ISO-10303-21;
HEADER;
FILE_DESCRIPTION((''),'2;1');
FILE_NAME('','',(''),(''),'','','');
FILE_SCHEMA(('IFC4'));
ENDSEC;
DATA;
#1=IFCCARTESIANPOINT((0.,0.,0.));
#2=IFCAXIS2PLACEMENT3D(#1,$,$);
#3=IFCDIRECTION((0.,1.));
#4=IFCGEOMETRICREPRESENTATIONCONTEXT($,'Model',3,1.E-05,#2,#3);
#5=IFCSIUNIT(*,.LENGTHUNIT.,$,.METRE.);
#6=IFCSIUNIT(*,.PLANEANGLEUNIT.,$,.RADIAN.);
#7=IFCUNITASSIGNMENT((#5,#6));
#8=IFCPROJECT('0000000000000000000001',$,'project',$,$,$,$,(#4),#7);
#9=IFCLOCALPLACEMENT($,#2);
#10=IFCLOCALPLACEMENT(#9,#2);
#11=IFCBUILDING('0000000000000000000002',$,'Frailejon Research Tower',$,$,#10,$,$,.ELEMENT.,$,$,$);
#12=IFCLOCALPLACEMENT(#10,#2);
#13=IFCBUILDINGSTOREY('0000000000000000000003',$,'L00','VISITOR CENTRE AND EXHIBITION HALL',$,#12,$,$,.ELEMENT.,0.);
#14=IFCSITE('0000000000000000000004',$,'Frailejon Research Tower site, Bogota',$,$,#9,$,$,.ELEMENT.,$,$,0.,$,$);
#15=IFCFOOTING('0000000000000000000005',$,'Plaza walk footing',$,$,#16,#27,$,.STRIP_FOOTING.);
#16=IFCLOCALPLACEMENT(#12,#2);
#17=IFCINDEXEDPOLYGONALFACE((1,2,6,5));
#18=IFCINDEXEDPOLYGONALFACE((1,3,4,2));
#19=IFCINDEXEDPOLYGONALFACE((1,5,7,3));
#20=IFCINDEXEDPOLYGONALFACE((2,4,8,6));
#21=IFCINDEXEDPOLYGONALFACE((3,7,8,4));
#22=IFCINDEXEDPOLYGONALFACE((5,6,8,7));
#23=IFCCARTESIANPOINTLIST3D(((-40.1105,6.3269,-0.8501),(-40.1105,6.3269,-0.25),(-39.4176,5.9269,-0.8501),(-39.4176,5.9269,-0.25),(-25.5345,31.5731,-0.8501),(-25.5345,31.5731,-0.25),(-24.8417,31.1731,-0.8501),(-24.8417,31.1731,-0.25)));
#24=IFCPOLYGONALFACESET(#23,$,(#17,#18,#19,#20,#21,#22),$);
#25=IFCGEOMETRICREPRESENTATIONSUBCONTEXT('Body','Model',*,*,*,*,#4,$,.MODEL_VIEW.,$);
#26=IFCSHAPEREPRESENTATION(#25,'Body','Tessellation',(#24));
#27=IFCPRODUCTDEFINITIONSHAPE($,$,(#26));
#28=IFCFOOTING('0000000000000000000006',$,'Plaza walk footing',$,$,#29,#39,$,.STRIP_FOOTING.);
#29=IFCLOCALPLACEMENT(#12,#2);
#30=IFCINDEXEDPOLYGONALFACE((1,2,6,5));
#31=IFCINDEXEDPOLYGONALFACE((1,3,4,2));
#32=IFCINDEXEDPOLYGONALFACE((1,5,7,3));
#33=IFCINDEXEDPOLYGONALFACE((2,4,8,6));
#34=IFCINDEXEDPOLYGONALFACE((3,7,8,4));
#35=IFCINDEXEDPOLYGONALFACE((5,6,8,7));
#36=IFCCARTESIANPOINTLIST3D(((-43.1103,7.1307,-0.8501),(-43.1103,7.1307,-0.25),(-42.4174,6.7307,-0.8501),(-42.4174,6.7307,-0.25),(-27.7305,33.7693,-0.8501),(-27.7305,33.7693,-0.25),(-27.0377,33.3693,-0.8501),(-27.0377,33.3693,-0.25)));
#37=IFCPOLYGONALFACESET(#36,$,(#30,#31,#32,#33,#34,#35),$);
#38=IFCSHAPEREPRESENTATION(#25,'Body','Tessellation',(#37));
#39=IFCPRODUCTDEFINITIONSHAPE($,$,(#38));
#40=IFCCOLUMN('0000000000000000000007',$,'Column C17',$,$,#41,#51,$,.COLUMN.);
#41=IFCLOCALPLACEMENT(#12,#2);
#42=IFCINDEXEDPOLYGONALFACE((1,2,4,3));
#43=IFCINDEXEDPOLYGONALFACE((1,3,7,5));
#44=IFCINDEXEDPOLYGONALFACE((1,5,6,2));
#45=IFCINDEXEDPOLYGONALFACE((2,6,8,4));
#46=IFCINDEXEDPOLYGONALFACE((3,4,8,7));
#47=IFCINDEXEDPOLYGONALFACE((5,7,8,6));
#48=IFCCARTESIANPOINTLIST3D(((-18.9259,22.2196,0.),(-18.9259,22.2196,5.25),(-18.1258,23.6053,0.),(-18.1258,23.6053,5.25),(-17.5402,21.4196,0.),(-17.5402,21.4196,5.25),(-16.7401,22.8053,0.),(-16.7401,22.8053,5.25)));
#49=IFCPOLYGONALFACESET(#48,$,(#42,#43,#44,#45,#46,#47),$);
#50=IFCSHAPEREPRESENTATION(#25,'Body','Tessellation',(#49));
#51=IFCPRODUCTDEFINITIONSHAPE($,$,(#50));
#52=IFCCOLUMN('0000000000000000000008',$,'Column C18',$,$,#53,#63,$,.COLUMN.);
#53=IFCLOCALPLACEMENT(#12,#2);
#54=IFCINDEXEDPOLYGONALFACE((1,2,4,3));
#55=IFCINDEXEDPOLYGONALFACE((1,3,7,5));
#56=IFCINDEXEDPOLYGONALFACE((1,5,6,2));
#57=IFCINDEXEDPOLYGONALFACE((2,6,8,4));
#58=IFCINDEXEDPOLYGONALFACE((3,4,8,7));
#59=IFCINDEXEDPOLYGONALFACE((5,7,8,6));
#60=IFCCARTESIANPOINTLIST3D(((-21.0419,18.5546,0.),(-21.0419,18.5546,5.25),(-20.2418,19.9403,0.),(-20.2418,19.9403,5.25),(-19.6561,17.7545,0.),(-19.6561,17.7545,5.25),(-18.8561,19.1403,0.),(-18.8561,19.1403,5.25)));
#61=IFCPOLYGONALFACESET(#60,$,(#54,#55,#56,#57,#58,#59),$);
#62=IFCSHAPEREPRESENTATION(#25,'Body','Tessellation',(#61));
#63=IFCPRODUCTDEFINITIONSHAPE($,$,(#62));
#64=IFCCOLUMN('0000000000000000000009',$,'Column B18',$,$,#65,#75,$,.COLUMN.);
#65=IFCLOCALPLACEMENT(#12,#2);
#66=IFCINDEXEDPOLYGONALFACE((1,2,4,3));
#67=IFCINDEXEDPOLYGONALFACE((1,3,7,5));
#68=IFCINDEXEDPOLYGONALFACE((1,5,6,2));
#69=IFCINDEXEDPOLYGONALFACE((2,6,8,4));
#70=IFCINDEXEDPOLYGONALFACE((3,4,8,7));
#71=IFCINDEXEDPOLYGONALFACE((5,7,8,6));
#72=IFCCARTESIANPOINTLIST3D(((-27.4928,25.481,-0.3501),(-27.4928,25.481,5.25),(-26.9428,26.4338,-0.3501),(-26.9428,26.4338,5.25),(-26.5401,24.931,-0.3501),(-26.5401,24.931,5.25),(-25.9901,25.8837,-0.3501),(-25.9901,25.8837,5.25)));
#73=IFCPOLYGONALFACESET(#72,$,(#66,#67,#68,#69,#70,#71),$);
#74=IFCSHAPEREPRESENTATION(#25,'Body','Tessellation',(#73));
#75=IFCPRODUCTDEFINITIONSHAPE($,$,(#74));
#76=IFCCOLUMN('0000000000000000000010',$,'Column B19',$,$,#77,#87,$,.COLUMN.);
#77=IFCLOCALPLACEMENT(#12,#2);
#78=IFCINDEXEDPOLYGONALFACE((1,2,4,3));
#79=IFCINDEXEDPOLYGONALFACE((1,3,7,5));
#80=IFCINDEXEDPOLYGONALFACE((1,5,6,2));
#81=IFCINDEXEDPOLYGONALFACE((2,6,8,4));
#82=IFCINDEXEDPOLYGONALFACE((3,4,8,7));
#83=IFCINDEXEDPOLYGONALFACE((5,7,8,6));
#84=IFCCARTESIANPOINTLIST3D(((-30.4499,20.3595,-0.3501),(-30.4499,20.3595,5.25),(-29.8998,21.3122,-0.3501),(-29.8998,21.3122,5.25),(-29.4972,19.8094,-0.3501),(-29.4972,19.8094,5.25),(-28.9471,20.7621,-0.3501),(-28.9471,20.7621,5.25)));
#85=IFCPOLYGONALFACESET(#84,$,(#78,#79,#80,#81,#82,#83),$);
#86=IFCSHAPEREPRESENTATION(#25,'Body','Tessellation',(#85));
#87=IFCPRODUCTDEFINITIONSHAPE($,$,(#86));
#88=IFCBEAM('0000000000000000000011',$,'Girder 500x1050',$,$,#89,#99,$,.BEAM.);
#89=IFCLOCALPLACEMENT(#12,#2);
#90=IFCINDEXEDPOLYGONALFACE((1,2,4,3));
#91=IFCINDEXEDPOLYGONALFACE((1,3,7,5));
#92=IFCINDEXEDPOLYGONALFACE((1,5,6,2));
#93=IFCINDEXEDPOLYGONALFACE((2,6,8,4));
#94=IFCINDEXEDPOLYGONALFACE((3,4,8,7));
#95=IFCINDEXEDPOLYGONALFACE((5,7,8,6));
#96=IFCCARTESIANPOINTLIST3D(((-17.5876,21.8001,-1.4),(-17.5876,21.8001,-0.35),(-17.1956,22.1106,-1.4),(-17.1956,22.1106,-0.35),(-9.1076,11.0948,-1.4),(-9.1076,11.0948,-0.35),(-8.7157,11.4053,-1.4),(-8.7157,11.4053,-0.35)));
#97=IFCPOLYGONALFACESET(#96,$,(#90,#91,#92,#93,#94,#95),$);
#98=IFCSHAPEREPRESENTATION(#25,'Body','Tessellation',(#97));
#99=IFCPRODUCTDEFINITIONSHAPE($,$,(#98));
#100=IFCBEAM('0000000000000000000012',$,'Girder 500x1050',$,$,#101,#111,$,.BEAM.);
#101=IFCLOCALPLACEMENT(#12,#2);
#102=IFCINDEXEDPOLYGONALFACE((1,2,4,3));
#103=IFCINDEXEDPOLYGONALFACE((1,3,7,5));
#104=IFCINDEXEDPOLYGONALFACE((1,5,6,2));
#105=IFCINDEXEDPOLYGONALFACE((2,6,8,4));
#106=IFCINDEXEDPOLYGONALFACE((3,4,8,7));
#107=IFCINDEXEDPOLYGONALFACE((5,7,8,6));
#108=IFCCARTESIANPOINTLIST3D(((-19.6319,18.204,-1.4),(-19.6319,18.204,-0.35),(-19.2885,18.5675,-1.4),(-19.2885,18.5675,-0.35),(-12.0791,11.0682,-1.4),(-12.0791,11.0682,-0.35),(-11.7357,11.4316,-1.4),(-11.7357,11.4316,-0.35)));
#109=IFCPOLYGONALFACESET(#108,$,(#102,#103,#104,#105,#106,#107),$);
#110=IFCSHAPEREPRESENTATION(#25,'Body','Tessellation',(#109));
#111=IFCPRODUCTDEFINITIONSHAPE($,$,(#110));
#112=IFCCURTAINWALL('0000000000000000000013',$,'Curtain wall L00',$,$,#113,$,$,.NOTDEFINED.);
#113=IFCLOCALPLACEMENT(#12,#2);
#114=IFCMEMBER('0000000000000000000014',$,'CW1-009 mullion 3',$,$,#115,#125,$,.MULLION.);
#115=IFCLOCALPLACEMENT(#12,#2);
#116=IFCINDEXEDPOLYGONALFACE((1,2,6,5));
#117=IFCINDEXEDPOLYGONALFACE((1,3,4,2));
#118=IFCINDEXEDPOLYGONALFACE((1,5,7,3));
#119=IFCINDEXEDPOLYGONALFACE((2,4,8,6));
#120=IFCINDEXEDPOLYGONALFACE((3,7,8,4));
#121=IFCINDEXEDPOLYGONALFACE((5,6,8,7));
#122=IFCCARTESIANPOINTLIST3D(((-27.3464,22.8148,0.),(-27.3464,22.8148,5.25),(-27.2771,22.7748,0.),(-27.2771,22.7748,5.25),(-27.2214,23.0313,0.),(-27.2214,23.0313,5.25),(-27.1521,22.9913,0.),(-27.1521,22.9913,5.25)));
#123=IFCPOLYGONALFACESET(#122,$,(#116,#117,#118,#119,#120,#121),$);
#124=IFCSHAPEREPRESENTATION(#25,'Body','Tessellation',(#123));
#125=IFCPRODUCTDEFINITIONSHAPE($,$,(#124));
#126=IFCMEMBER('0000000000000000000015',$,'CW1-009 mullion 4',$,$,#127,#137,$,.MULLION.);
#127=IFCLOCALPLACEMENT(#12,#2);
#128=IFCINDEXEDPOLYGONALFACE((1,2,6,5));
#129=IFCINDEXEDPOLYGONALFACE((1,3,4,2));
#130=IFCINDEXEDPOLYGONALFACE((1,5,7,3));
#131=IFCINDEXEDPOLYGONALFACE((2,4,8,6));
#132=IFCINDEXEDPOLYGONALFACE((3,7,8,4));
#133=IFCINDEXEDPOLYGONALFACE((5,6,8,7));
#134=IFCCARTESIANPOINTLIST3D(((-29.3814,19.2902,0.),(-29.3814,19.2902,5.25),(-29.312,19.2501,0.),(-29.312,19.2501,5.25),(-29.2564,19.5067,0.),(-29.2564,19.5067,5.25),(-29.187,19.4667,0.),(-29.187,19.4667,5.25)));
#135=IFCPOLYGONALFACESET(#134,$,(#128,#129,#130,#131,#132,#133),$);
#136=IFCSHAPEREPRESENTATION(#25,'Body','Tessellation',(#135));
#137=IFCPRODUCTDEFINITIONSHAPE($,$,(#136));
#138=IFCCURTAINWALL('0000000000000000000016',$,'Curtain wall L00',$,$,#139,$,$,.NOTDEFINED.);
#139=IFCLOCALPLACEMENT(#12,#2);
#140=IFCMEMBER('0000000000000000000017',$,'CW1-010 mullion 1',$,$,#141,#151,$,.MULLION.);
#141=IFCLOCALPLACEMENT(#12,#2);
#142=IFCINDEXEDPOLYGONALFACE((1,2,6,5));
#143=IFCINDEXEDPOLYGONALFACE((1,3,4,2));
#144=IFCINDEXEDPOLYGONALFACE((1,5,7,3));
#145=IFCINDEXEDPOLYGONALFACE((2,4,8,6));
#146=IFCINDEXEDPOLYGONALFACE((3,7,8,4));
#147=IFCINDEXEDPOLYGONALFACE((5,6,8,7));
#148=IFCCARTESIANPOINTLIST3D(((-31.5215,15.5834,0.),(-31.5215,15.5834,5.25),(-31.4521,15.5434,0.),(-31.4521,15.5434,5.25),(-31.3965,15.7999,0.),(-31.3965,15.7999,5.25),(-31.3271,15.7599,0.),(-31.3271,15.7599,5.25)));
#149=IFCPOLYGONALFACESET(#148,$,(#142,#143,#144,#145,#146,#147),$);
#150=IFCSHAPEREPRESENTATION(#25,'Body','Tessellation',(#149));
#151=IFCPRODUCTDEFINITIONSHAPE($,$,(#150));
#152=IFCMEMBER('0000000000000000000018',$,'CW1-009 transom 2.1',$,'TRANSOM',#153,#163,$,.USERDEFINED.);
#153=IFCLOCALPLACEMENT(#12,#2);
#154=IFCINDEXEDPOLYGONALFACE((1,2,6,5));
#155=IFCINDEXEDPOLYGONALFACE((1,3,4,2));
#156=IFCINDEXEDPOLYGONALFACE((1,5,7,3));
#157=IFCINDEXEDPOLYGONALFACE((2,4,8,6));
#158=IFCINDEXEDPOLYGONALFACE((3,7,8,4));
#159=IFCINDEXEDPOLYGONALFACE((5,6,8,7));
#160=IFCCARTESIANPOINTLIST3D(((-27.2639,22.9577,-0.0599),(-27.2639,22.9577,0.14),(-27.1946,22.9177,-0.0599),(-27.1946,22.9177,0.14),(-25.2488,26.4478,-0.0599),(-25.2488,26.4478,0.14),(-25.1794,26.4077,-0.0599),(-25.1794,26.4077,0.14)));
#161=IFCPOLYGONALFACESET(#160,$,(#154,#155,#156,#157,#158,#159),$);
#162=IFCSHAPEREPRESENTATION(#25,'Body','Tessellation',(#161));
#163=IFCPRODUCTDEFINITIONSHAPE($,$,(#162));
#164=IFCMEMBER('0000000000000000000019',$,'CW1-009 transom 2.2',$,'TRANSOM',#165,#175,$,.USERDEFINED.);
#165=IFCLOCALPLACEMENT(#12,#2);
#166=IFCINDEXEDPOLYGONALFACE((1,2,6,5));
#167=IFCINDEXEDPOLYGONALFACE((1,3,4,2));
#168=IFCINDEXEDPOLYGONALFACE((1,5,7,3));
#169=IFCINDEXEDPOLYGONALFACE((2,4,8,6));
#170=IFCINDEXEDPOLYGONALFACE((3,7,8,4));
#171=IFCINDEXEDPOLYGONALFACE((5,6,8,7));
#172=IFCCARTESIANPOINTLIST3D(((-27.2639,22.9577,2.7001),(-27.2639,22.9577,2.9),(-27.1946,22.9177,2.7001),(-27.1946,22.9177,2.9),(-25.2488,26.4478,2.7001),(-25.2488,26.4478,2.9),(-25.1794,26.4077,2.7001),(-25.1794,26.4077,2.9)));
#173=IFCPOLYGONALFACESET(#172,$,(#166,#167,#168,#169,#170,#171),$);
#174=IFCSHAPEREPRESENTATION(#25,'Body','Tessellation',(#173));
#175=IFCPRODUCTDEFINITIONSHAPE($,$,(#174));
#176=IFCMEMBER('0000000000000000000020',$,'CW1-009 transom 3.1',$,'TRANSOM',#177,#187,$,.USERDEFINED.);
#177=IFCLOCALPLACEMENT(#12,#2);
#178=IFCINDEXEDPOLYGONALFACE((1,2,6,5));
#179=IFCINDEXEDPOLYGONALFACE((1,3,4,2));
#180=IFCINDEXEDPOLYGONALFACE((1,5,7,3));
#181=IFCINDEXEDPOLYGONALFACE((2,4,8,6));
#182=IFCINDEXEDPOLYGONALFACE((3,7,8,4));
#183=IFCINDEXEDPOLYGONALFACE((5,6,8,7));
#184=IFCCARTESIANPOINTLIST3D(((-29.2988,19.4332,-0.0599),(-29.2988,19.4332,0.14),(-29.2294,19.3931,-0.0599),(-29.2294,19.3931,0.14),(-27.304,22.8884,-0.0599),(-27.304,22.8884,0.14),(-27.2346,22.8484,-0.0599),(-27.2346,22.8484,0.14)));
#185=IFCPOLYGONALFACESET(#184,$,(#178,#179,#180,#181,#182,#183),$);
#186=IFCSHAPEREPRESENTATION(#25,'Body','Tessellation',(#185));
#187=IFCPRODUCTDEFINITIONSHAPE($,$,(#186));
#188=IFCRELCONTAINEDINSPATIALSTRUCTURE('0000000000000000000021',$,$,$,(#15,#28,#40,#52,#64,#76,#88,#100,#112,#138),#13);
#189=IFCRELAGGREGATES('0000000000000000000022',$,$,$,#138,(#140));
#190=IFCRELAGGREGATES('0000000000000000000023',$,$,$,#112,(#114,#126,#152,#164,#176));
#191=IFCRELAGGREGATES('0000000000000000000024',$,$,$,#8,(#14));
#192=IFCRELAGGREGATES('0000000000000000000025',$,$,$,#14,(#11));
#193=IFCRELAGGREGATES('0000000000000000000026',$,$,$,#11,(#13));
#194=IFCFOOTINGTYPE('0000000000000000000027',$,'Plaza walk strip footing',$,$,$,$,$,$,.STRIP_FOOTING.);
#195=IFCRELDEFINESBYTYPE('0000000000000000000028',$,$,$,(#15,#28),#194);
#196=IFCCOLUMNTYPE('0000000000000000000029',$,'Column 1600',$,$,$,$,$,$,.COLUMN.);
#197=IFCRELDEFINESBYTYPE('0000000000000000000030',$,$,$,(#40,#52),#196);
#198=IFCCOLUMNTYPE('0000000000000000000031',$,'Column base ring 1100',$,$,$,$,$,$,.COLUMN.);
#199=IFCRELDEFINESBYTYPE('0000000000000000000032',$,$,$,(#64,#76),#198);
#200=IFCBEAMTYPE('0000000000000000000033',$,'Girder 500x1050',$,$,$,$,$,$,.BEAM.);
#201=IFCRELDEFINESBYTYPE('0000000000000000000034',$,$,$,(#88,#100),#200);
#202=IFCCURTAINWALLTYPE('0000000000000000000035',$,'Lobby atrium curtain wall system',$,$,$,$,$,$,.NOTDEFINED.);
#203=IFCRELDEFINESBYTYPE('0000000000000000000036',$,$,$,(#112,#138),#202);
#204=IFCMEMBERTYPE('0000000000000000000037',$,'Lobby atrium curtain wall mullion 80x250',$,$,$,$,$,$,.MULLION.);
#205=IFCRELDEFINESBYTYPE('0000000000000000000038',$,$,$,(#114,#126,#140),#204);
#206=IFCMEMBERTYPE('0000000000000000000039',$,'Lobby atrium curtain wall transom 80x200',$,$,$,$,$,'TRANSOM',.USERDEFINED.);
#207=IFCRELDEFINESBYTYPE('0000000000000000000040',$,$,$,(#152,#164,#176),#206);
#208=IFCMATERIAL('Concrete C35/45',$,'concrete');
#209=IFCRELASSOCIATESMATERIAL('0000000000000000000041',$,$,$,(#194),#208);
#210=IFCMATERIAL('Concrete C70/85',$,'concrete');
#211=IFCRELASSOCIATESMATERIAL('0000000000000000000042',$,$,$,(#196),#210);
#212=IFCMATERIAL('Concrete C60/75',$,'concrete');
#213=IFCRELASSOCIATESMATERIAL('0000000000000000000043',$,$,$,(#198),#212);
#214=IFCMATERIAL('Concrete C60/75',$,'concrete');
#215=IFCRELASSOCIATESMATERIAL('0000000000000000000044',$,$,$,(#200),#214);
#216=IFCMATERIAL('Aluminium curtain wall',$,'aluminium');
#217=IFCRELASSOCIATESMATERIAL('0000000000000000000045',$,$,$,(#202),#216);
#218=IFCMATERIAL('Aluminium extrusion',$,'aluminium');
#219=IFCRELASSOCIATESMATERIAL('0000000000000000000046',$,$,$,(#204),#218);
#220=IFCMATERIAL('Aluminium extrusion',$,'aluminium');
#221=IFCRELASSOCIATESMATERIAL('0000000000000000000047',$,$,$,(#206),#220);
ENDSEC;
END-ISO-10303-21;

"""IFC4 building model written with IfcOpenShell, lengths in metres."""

from ifc_helpers import new_model, si_unit, direction, frame, origin, origin_2d, place, context, subcontext, project, spatial, rectangle, extrude, material, material_profile, profile_set, type_object, element, aggregate, save


model = new_model("IFC4")

# Units and contexts
model_context = context("Model", 3, precision=1e-05, world=origin(), true_north=direction((0.0, 1.0)))
body_context = subcontext(model_context, "Body", "Model", "MODEL_VIEW")
ifc_project = project(units=[si_unit("LENGTHUNIT", "METRE"), si_unit("PLANEANGLEUNIT", "RADIAN")], contexts=[model_context])

# Site, building, storey
site_placement = place(None, origin())
site = spatial("IfcSite", under=ifc_project, at=site_placement, Name="Frailejon Research Tower site, Bogota", CompositionType="ELEMENT", RefElevation=0.0)
building_placement = place(site_placement, origin())
building = spatial("IfcBuilding", under=site, at=building_placement, Name="Frailejon Research Tower", CompositionType="ELEMENT")
storey_placement = place(building_placement, origin())
storey = spatial("IfcBuildingStorey", under=building, at=storey_placement, Name="L00", Description="VISITOR CENTRE AND EXHIBITION HALL", CompositionType="ELEMENT", Elevation=0.0)

# Footings
ifc_material_1 = material(Name="Concrete C35/45", Category="concrete")
footing_type = type_object("IfcFootingType", Name="Plaza walk strip footing", PredefinedType="STRIP_FOOTING", material=ifc_material_1)
footing_1_placement = place(storey_placement, frame((-32.4761, 18.75, -0.8501), z_axis=(0.0, 0.0, 1.0), x_axis=(-0.866025, 0.5, 0.0)))
element("IfcFooting", 1, at=footing_1_placement, inside=storey, type_object=footing_type, Name="Plaza walk footing", PredefinedType="STRIP_FOOTING", context=body_context, shape_type="SweptSolid", body=[
    extrude(rectangle(XDim=0.8, YDim=29.1519, at=origin_2d()), origin(), (0.0, 0.0, 1.0), 0.6001),
])
footing_2_placement = place(storey_placement, frame((-35.074, 20.25, -0.8501), z_axis=(0.0, 0.0, 1.0), x_axis=(-0.866025, 0.5, 0.0)))
element("IfcFooting", 2, at=footing_2_placement, inside=storey, type_object=footing_type, Name="Plaza walk footing", PredefinedType="STRIP_FOOTING", context=body_context, shape_type="SweptSolid", body=[
    extrude(rectangle(XDim=0.8, YDim=30.7595, at=origin_2d()), origin(), (0.0, 0.0, 1.0), 0.6001),
])

# Columns
ifc_material_2 = material(Name="Concrete C70/85", Category="concrete")
ifc_material_profile_1 = material_profile(ifc_material_2, rectangle(XDim=1.6001, YDim=1.6001, at=origin_2d()), Name="Column 1600")
ifc_profile_set_1 = profile_set([ifc_material_profile_1], Name="Concrete C70/85")
column_type_1 = type_object("IfcColumnType", Name="Column 1600", PredefinedType="COLUMN", material=ifc_profile_set_1)
for number, where, z_axis, x_axis, name in (
    (3, (-17.833, 22.5125, 0.0), (0.0, 0.0, 1.0), (-0.5, -0.866025, 0.0), "Column C17"),
    (4, (-19.949, 18.8474, 0.0), (0.0, 0.0, 1.0), (-0.5, -0.866025, 0.0), "Column C18"),
):
    element("IfcColumn", number, at=place(storey_placement, frame(where, z_axis=z_axis, x_axis=x_axis)), inside=storey, type_object=column_type_1, Name=name, PredefinedType="COLUMN", context=body_context, shape_type="SweptSolid", body=[
        extrude(rectangle(XDim=1.6001, YDim=1.6001, at=origin_2d()), origin(), (0.0, 0.0, 1.0), 5.25),
    ])
ifc_material_3 = material(Name="Concrete C60/75", Category="concrete")
ifc_material_profile_2 = material_profile(ifc_material_3, rectangle(XDim=1.1001, YDim=1.1001, at=origin_2d()), Name="Column base ring 1100")
ifc_profile_set_2 = profile_set([ifc_material_profile_2], Name="Concrete C60/75")
column_type_2 = type_object("IfcColumnType", Name="Column base ring 1100", PredefinedType="COLUMN", material=ifc_profile_set_2)
for number, where, z_axis, x_axis, name in (
    (5, (-26.7415, 25.6824, -0.3501), (0.0, 0.0, 1.0), (-0.5, -0.866025, 0.0), "Column B18"),
    (6, (-29.6985, 20.5608, -0.3501), (0.0, 0.0, 1.0), (-0.5, -0.866025, 0.0), "Column B19"),
):
    element("IfcColumn", number, at=place(storey_placement, frame(where, z_axis=z_axis, x_axis=x_axis)), inside=storey, type_object=column_type_2, Name=name, PredefinedType="COLUMN", context=body_context, shape_type="SweptSolid", body=[
        extrude(rectangle(XDim=1.1001, YDim=1.1001, at=origin_2d()), origin(), (0.0, 0.0, 1.0), 5.6001),
    ])

# Beams
ifc_material_4 = material(Name="Concrete C60/75", Category="concrete")
ifc_material_profile_3 = material_profile(ifc_material_4, rectangle(XDim=0.5, YDim=1.05, at=origin_2d()), Name="Girder 500x1050")
ifc_profile_set_3 = profile_set([ifc_material_profile_3], Name="Concrete C60/75")
beam_type_1 = type_object("IfcBeamType", Name="Girder 500x1050", PredefinedType="BEAM", material=ifc_profile_set_3)
beam_1_placement = place(storey_placement, frame((-17.3916, 21.9553, -0.875), z_axis=(0.620925, -0.78387, 0.0), x_axis=(0.78387, 0.620925, 0.0)))
element("IfcBeam", 7, at=beam_1_placement, inside=storey, type_object=beam_type_1, Name="Girder 500x1050", PredefinedType="BEAM", context=body_context, shape_type="SweptSolid", body=[
    extrude(rectangle(XDim=0.5, YDim=1.05, at=origin_2d()), origin(), (0.0, 0.0, 1.0), 13.657),
])
beam_2_placement = place(storey_placement, frame((-19.4602, 18.3857, -0.875), z_axis=(0.726888, -0.686756, 0.0), x_axis=(0.686756, 0.726888, 0.0)))
element("IfcBeam", 8, at=beam_2_placement, inside=storey, type_object=beam_type_1, Name="Girder 500x1050", PredefinedType="BEAM", context=body_context, shape_type="SweptSolid", body=[
    extrude(rectangle(XDim=0.5, YDim=1.05, at=origin_2d()), origin(), (0.0, 0.0, 1.0), 10.3906),
])

# Curtain wall, members
ifc_material_5 = material(Name="Aluminium curtain wall", Category="aluminium")
curtain_wall_type = type_object("IfcCurtainWallType", Name="Lobby atrium curtain wall system", PredefinedType="NOTDEFINED", material=ifc_material_5)
curtain_wall_1_placement = place(storey_placement, origin())
curtain_wall_1 = element("IfcCurtainWall", 9, at=curtain_wall_1_placement, inside=storey, type_object=curtain_wall_type, Name="Curtain wall L00", PredefinedType="NOTDEFINED")
ifc_material_6 = material(Name="Aluminium extrusion", Category="aluminium")
ifc_material_profile_4 = material_profile(ifc_material_6, rectangle(XDim=0.0801, YDim=0.25, at=origin_2d()), Name="Lobby atrium curtain wall mullion 80x250")
ifc_profile_set_4 = profile_set([ifc_material_profile_4], Name="Aluminium extrusion")
member_type_1 = type_object("IfcMemberType", Name="Lobby atrium curtain wall mullion 80x250", PredefinedType="MULLION", material=ifc_profile_set_4)
member_1_placement = place(storey_placement, frame((-27.2493, 22.9031, 0.0), z_axis=(0.0, 0.0, 1.0), x_axis=(0.866026, -0.5, 0.0)))
member_1 = element("IfcMember", 10, at=member_1_placement, type_object=member_type_1, Name="CW1-009 mullion 3", PredefinedType="MULLION", context=body_context, shape_type="SweptSolid", body=[
    extrude(rectangle(XDim=0.0801, YDim=0.25, at=origin_2d()), origin(), (0.0, 0.0, 1.0), 5.25),
])
member_2_placement = place(storey_placement, frame((-29.2842, 19.3784, 0.0), z_axis=(0.0, 0.0, 1.0), x_axis=(0.866026, -0.5, 0.0)))
member_2 = element("IfcMember", 11, at=member_2_placement, type_object=member_type_1, Name="CW1-009 mullion 4", PredefinedType="MULLION", context=body_context, shape_type="SweptSolid", body=[
    extrude(rectangle(XDim=0.0801, YDim=0.25, at=origin_2d()), origin(), (0.0, 0.0, 1.0), 5.25),
])

# Curtain wall, member
curtain_wall_2_placement = place(storey_placement, origin())
curtain_wall_2 = element("IfcCurtainWall", 12, at=curtain_wall_2_placement, inside=storey, type_object=curtain_wall_type, Name="Curtain wall L00", PredefinedType="NOTDEFINED")
member_3_placement = place(storey_placement, frame((-31.4243, 15.6716, 0.0), z_axis=(0.0, 0.0, 1.0), x_axis=(0.866026, -0.5, 0.0)))
member_3 = element("IfcMember", 13, at=member_3_placement, type_object=member_type_1, Name="CW1-010 mullion 1", PredefinedType="MULLION", context=body_context, shape_type="SweptSolid", body=[
    extrude(rectangle(XDim=0.0801, YDim=0.25, at=origin_2d()), origin(), (0.0, 0.0, 1.0), 5.25),
])
aggregate(curtain_wall_2, [member_3])

# Members
ifc_material_7 = material(Name="Aluminium extrusion", Category="aluminium")
ifc_material_profile_5 = material_profile(ifc_material_7, rectangle(XDim=0.0801, YDim=0.2, at=origin_2d()), Name="Lobby atrium curtain wall transom 80x200")
ifc_profile_set_5 = profile_set([ifc_material_profile_5], Name="Aluminium extrusion")
member_type_2 = type_object("IfcMemberType", Name="Lobby atrium curtain wall transom 80x200", ElementType="TRANSOM", PredefinedType="USERDEFINED", material=ifc_profile_set_5)
member_4_placement = place(storey_placement, frame((-25.2141, 26.4277, 0.04), z_axis=(-0.500035, -0.866005, 0.0), x_axis=(0.866005, -0.500035, 0.0)))
member_4 = element("IfcMember", 14, at=member_4_placement, type_object=member_type_2, Name="CW1-009 transom 2.1", ObjectType="TRANSOM", PredefinedType="USERDEFINED", context=body_context, shape_type="SweptSolid", body=[
    extrude(rectangle(XDim=0.0801, YDim=0.2, at=origin_2d()), origin(), (0.0, 0.0, 1.0), 4.03),
])
member_5_placement = place(storey_placement, frame((-25.2141, 26.4277, 2.8), z_axis=(-0.500035, -0.866005, 0.0), x_axis=(0.866005, -0.500035, 0.0)))
member_5 = element("IfcMember", 15, at=member_5_placement, type_object=member_type_2, Name="CW1-009 transom 2.2", ObjectType="TRANSOM", PredefinedType="USERDEFINED", context=body_context, shape_type="SweptSolid", body=[
    extrude(rectangle(XDim=0.0801, YDim=0.2, at=origin_2d()), origin(), (0.0, 0.0, 1.0), 4.03),
])
member_6_placement = place(storey_placement, frame((-27.2693, 22.8684, 0.04), z_axis=(-0.499989, -0.866032, 0.0), x_axis=(0.866032, -0.499989, 0.0)))
member_6 = element("IfcMember", 16, at=member_6_placement, type_object=member_type_2, Name="CW1-009 transom 3.1", ObjectType="TRANSOM", PredefinedType="USERDEFINED", context=body_context, shape_type="SweptSolid", body=[
    extrude(rectangle(XDim=0.0801, YDim=0.2, at=origin_2d()), origin(), (0.0, 0.0, 1.0), 3.9897),
])

aggregate(curtain_wall_1, [member_1, member_2, member_4, member_5, member_6])

save(model, "model.ifc")
